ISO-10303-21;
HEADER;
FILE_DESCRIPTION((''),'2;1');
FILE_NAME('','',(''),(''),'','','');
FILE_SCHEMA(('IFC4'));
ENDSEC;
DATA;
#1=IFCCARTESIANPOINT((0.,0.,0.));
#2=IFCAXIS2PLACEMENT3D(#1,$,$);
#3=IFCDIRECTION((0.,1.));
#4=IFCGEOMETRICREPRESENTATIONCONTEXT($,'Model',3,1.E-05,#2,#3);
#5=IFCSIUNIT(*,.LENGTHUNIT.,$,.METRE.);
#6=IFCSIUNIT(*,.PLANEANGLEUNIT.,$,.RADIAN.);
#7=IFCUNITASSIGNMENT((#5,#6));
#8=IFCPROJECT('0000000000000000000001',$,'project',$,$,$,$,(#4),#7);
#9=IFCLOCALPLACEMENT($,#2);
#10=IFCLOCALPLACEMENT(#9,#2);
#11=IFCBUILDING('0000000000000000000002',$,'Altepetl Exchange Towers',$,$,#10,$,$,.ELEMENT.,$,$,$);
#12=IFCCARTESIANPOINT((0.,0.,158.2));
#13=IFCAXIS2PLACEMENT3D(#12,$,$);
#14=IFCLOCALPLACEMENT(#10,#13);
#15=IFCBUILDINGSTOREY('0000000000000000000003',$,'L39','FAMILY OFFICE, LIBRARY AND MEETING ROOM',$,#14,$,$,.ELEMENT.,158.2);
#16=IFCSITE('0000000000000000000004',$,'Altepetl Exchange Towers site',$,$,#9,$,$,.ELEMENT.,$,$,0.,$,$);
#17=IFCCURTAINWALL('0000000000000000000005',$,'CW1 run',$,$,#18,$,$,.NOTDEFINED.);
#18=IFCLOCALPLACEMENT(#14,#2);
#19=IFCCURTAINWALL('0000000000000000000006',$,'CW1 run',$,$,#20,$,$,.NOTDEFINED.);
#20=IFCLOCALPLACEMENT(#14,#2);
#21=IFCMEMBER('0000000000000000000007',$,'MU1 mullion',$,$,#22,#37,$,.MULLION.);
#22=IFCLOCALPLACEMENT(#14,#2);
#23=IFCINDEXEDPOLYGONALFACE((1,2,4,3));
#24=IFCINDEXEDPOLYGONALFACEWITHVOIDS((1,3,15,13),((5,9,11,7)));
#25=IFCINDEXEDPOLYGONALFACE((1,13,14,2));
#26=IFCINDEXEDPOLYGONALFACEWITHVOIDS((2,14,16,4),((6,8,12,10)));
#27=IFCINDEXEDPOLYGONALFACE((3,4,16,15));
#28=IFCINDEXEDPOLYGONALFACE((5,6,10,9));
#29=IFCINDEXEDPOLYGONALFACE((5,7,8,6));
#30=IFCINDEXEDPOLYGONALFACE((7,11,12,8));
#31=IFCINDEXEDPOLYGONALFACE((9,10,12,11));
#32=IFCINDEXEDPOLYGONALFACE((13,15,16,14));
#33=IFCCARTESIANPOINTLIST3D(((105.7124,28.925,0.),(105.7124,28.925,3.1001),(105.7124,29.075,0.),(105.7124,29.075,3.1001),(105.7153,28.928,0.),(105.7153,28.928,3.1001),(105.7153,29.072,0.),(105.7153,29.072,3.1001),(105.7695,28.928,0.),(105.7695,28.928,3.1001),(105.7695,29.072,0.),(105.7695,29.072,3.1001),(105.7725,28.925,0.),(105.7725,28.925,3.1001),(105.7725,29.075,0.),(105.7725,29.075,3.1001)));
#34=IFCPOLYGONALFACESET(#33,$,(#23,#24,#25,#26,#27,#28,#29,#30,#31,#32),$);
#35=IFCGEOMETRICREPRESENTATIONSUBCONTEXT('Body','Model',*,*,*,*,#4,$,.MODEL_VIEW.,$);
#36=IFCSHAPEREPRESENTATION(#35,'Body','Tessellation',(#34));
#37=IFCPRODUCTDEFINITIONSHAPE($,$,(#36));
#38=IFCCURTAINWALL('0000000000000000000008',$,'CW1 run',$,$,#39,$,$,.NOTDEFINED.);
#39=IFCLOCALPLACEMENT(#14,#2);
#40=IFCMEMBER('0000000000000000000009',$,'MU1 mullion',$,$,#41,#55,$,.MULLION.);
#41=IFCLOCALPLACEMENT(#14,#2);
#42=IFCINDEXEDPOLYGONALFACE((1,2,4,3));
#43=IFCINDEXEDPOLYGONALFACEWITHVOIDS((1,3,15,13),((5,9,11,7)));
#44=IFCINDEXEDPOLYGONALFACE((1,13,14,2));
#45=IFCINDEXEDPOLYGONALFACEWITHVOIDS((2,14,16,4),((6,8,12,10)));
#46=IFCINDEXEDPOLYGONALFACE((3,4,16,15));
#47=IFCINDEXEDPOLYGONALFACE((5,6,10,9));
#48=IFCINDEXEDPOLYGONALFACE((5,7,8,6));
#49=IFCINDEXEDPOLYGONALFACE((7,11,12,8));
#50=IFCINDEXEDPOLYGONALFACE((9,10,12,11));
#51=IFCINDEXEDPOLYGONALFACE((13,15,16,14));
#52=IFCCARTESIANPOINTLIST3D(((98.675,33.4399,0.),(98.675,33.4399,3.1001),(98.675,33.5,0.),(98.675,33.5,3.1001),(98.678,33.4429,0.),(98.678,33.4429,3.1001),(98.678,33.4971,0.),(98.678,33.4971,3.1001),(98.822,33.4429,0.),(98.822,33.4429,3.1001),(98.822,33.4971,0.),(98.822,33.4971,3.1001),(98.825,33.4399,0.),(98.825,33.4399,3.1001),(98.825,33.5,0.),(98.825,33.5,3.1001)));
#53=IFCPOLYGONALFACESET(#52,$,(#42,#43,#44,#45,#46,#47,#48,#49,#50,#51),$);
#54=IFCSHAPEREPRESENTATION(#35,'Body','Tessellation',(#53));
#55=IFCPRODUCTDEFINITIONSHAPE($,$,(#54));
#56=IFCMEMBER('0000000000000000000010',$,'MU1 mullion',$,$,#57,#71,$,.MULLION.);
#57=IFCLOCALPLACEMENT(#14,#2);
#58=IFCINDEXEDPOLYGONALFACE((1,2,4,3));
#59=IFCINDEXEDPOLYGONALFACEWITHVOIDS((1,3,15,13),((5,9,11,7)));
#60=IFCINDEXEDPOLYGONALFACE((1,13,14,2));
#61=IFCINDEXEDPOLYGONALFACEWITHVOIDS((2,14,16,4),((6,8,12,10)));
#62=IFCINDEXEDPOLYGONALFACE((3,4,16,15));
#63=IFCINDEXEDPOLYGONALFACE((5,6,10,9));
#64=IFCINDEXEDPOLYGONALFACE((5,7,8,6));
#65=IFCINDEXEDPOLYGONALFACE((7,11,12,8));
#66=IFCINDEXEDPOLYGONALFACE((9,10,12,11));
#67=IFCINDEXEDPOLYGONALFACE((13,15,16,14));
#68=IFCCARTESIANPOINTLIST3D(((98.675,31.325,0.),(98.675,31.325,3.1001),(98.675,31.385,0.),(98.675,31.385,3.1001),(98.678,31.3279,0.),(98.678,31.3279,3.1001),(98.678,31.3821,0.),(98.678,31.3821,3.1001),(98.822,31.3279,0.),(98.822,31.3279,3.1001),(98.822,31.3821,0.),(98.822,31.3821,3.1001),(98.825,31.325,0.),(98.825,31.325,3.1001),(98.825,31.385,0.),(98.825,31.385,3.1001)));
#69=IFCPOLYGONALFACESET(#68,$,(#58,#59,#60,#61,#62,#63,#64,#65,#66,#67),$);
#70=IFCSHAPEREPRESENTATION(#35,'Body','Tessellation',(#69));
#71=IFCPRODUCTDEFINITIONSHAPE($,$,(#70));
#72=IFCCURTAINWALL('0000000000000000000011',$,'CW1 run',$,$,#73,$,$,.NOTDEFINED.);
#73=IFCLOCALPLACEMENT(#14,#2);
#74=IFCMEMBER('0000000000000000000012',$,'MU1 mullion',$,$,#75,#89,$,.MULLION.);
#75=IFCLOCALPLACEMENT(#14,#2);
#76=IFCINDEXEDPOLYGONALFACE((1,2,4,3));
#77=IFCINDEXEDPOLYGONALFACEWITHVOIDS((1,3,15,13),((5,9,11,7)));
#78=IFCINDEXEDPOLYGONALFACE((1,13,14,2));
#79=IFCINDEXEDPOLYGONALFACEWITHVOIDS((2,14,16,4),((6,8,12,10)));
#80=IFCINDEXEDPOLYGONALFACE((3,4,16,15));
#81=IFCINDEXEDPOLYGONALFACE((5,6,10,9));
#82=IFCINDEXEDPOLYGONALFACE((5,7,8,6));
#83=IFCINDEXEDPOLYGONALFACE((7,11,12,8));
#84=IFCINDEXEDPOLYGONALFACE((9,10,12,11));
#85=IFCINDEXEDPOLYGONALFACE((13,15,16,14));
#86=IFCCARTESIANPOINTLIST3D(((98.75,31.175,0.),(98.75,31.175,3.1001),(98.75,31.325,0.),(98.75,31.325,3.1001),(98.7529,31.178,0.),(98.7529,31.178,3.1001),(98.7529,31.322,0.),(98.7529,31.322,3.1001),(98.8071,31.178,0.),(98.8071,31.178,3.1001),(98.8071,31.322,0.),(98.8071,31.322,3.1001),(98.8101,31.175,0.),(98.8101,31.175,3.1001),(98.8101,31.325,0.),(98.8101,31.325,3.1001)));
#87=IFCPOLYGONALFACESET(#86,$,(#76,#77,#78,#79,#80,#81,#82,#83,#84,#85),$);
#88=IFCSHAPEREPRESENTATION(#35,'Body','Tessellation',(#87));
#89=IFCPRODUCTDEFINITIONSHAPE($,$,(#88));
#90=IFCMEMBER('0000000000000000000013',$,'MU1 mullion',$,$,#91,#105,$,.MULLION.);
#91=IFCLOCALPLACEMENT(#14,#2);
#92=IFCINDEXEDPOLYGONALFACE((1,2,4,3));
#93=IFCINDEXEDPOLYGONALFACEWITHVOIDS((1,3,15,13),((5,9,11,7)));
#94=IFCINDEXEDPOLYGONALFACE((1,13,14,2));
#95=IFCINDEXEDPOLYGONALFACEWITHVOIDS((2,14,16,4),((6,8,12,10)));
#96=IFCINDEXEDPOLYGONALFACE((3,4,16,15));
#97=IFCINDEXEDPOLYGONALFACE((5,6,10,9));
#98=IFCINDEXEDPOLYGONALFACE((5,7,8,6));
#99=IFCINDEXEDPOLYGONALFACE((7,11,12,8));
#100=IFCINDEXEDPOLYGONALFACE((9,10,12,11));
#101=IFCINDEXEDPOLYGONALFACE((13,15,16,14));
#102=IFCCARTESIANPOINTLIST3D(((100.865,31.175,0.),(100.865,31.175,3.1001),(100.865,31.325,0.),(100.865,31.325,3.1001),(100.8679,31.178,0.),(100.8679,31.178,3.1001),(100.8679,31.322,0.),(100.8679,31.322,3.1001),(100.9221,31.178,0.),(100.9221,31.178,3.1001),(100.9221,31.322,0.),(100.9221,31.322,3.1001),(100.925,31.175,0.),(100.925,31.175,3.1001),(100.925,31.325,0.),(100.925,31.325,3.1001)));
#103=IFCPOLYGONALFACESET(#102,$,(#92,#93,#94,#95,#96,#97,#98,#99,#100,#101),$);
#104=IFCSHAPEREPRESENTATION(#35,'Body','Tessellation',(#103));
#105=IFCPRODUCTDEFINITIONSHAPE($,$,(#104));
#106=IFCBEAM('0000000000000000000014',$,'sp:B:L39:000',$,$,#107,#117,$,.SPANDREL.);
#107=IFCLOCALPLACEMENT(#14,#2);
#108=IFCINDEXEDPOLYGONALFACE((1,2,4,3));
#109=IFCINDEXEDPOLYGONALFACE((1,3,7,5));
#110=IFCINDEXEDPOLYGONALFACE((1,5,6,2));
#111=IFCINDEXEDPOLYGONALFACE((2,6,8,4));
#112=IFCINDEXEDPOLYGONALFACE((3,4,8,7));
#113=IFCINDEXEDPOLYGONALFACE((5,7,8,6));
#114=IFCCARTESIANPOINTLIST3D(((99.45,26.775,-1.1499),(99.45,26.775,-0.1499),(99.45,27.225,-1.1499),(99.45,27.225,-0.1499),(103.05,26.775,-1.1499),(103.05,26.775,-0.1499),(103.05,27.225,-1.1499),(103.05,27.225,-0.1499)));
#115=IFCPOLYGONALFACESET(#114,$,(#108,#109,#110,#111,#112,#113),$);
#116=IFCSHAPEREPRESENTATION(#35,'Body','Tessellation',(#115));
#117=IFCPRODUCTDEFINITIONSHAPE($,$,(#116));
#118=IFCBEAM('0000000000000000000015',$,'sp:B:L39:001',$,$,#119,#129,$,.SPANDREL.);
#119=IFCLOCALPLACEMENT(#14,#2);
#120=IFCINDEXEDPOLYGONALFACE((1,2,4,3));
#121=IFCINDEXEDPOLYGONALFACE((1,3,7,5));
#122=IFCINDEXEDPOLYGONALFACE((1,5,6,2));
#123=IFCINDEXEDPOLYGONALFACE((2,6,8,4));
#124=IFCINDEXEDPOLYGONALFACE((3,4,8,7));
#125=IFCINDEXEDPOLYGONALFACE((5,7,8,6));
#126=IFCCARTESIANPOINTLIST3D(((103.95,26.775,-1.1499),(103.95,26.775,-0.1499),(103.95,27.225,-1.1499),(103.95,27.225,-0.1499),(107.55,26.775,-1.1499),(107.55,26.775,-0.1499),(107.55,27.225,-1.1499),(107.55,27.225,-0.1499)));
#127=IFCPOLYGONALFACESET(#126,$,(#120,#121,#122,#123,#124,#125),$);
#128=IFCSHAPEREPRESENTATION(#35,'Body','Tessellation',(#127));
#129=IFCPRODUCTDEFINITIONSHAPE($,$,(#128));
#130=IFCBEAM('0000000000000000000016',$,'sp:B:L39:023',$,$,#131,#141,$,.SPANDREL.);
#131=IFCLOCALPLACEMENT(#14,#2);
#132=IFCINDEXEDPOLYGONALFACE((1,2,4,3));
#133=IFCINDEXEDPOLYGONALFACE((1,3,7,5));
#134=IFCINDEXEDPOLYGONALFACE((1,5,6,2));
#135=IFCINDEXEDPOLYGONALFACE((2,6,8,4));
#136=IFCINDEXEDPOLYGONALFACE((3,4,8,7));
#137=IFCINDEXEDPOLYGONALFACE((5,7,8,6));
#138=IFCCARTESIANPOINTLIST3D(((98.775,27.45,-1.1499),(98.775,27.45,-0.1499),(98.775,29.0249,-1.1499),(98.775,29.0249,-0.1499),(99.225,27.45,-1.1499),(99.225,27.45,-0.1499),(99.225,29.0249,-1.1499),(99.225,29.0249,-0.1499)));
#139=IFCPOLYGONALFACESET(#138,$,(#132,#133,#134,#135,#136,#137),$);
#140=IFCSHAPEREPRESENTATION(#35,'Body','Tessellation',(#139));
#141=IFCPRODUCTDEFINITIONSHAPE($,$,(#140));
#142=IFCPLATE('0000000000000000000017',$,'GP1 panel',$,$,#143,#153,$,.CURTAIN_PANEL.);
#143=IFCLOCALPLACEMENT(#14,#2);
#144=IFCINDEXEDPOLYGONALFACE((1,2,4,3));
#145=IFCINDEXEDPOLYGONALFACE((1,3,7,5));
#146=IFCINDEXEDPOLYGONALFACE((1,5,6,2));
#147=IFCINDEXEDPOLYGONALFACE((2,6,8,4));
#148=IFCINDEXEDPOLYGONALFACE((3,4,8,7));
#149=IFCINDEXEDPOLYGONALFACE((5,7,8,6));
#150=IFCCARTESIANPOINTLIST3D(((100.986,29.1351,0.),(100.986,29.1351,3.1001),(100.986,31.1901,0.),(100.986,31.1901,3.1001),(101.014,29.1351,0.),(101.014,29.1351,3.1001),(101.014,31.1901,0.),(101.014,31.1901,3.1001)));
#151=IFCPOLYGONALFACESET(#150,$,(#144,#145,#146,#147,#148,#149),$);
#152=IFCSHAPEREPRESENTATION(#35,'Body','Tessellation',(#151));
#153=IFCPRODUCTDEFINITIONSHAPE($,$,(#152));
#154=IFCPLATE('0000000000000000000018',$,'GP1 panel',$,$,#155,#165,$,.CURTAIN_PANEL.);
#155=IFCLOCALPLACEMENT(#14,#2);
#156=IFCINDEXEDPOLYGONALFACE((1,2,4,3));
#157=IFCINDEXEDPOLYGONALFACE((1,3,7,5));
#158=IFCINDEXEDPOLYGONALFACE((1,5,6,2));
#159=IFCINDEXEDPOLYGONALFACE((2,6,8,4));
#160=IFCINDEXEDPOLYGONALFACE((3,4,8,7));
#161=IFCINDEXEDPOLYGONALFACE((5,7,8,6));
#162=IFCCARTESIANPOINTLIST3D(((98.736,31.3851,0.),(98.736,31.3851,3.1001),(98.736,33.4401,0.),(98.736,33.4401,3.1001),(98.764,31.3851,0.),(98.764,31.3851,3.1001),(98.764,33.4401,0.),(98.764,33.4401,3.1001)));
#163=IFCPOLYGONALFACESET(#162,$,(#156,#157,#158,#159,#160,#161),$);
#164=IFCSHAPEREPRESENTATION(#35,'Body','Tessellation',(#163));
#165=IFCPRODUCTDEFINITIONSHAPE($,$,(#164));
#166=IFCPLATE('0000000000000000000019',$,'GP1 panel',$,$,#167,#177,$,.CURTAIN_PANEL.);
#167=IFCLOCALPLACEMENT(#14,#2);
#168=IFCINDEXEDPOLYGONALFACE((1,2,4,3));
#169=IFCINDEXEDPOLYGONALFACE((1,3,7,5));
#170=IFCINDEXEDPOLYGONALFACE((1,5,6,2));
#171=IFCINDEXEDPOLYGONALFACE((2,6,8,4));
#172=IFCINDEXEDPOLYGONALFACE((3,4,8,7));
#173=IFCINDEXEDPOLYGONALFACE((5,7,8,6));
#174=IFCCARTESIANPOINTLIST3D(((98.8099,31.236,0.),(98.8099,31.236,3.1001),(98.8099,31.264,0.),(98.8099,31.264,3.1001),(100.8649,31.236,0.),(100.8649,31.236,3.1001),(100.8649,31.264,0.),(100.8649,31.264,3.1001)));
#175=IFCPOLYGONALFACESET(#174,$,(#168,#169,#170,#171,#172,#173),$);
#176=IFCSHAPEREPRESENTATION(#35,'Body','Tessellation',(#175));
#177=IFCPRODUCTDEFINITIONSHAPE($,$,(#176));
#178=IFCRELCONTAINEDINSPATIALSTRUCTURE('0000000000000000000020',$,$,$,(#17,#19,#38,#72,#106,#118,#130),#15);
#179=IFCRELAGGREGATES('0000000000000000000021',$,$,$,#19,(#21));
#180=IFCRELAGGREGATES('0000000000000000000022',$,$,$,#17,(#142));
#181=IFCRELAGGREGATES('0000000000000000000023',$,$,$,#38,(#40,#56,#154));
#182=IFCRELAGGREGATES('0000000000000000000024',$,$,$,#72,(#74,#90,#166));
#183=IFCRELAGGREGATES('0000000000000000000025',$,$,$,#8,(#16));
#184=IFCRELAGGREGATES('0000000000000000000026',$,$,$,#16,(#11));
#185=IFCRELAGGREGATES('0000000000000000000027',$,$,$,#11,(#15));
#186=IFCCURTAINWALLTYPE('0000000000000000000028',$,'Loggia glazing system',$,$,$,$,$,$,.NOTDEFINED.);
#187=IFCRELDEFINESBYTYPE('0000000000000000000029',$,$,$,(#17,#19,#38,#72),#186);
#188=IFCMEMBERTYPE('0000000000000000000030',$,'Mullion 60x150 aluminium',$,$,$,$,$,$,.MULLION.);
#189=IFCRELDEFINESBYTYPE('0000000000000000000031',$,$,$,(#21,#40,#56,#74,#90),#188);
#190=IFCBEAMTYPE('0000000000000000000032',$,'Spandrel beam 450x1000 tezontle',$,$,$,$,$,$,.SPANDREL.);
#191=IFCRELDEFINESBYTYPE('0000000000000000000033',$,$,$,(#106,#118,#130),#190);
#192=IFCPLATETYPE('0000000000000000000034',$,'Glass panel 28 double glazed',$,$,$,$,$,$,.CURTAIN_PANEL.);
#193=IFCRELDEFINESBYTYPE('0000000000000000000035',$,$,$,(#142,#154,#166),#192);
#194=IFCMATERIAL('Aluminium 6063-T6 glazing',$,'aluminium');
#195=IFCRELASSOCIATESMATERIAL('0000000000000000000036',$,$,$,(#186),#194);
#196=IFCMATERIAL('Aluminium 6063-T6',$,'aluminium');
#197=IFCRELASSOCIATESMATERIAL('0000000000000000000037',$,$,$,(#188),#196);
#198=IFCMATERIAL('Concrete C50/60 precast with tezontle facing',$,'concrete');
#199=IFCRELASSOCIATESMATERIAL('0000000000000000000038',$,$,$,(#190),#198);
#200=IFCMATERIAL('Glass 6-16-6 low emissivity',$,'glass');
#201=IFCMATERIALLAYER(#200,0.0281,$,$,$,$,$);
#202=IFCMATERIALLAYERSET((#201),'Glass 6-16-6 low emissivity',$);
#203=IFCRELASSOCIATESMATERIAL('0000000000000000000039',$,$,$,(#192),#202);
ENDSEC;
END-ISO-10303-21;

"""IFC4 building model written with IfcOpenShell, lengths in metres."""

from ifc_helpers import new_model, si_unit, direction, frame, origin, origin_2d, place, context, subcontext, project, spatial, rectangle, hollow_rectangle, extrude, material, layer, layer_set, material_profile, profile_set, type_object, element, aggregate, save


model = new_model("IFC4")

# Units and contexts
model_context = context("Model", 3, precision=1e-05, world=origin(), true_north=direction((0.0, 1.0)))
body_context = subcontext(model_context, "Body", "Model", "MODEL_VIEW")
ifc_project = project(units=[si_unit("LENGTHUNIT", "METRE"), si_unit("PLANEANGLEUNIT", "RADIAN")], contexts=[model_context])

# Site, building, storey
site_placement = place(None, origin())
site = spatial("IfcSite", under=ifc_project, at=site_placement, Name="Altepetl Exchange Towers site", CompositionType="ELEMENT", RefElevation=0.0)
building_placement = place(site_placement, origin())
building = spatial("IfcBuilding", under=site, at=building_placement, Name="Altepetl Exchange Towers", CompositionType="ELEMENT")
storey_placement = place(building_placement, frame((0.0, 0.0, 158.2)))
storey = spatial("IfcBuildingStorey", under=building, at=storey_placement, Name="L39", Description="FAMILY OFFICE, LIBRARY AND MEETING ROOM", CompositionType="ELEMENT", Elevation=158.2)

# Curtain wall
ifc_material_1 = material(Name="Aluminium 6063-T6 glazing", Category="aluminium")
curtain_wall_type = type_object("IfcCurtainWallType", Name="Loggia glazing system", PredefinedType="NOTDEFINED", material=ifc_material_1)
curtain_wall_1_placement = place(storey_placement, origin())
curtain_wall_1 = element("IfcCurtainWall", 1, at=curtain_wall_1_placement, inside=storey, type_object=curtain_wall_type, Name="CW1 run", PredefinedType="NOTDEFINED")
ifc_material_2 = material(Name="Aluminium 6063-T6", Category="aluminium")
ifc_material_profile_1 = material_profile(ifc_material_2, hollow_rectangle(XDim=0.0601, YDim=0.1499, WallThickness=0.0029, at=origin_2d()), Name="Mullion 60x150 aluminium")
ifc_profile_set_1 = profile_set([ifc_material_profile_1], Name="Aluminium 6063-T6")
member_type = type_object("IfcMemberType", Name="Mullion 60x150 aluminium", PredefinedType="MULLION", material=ifc_profile_set_1)

# Curtain wall, member
curtain_wall_2_placement = place(storey_placement, origin())
curtain_wall_2 = element("IfcCurtainWall", 2, at=curtain_wall_2_placement, inside=storey, type_object=curtain_wall_type, Name="CW1 run", PredefinedType="NOTDEFINED")
member_1_placement = place(storey_placement, frame((105.7424, 29.0, 0.0)))
member_1 = element("IfcMember", 3, at=member_1_placement, type_object=member_type, Name="MU1 mullion", PredefinedType="MULLION", context=body_context, shape_type="SweptSolid", body=[
    extrude(hollow_rectangle(XDim=0.0601, YDim=0.1499, WallThickness=0.0029, at=origin_2d()), origin(), (0.0, 0.0, 1.0), 3.1001),
])
aggregate(curtain_wall_2, [member_1])

# Curtain walls, members
curtain_wall_3_placement = place(storey_placement, origin())
curtain_wall_3 = element("IfcCurtainWall", 4, at=curtain_wall_3_placement, inside=storey, type_object=curtain_wall_type, Name="CW1 run", PredefinedType="NOTDEFINED")
member_2_placement = place(storey_placement, frame((98.75, 33.47, 0.0), z_axis=(0.0, 0.0, 1.0), x_axis=(0.0, -1.0, 0.0)))
member_2 = element("IfcMember", 5, at=member_2_placement, type_object=member_type, Name="MU1 mullion", PredefinedType="MULLION", context=body_context, shape_type="SweptSolid", body=[
    extrude(hollow_rectangle(XDim=0.0601, YDim=0.1499, WallThickness=0.0029, at=origin_2d()), origin(), (0.0, 0.0, 1.0), 3.1001),
])
member_3_placement = place(storey_placement, frame((98.75, 31.355, 0.0), z_axis=(0.0, 0.0, 1.0), x_axis=(0.0, -1.0, 0.0)))
member_3 = element("IfcMember", 6, at=member_3_placement, type_object=member_type, Name="MU1 mullion", PredefinedType="MULLION", context=body_context, shape_type="SweptSolid", body=[
    extrude(hollow_rectangle(XDim=0.0601, YDim=0.1499, WallThickness=0.0029, at=origin_2d()), origin(), (0.0, 0.0, 1.0), 3.1001),
])
curtain_wall_4_placement = place(storey_placement, origin())
curtain_wall_4 = element("IfcCurtainWall", 7, at=curtain_wall_4_placement, inside=storey, type_object=curtain_wall_type, Name="CW1 run", PredefinedType="NOTDEFINED")
member_4_placement = place(storey_placement, frame((98.78, 31.25, 0.0)))
member_4 = element("IfcMember", 8, at=member_4_placement, type_object=member_type, Name="MU1 mullion", PredefinedType="MULLION", context=body_context, shape_type="SweptSolid", body=[
    extrude(hollow_rectangle(XDim=0.0601, YDim=0.1499, WallThickness=0.0029, at=origin_2d()), origin(), (0.0, 0.0, 1.0), 3.1001),
])
member_5_placement = place(storey_placement, frame((100.895, 31.25, 0.0)))
member_5 = element("IfcMember", 9, at=member_5_placement, type_object=member_type, Name="MU1 mullion", PredefinedType="MULLION", context=body_context, shape_type="SweptSolid", body=[
    extrude(hollow_rectangle(XDim=0.0601, YDim=0.1499, WallThickness=0.0029, at=origin_2d()), origin(), (0.0, 0.0, 1.0), 3.1001),
])

# Beams
ifc_material_3 = material(Name="Concrete C50/60 precast with tezontle facing", Category="concrete")
ifc_material_profile_2 = material_profile(ifc_material_3, rectangle(XDim=0.45, YDim=1.0, at=origin_2d()), Name="450 x 1000")
ifc_profile_set_2 = profile_set([ifc_material_profile_2], Name="Concrete C50/60 precast with tezontle facing")
beam_type_1 = type_object("IfcBeamType", Name="Spandrel beam 450x1000 tezontle", PredefinedType="SPANDREL", material=ifc_profile_set_2)
for number, where, z_axis, x_axis, name in (
    (10, (99.45, 27.0, -0.6499), (1.0, 0.0, 0.0), (0.0, 1.0, 0.0), "sp:B:L39:000"),
    (11, (103.95, 27.0, -0.6499), (1.0, 0.0, 0.0), (0.0, 1.0, 0.0), "sp:B:L39:001"),
):
    element("IfcBeam", number, at=place(storey_placement, frame(where, z_axis=z_axis, x_axis=x_axis)), inside=storey, type_object=beam_type_1, Name=name, PredefinedType="SPANDREL", context=body_context, shape_type="SweptSolid", body=[
        extrude(rectangle(XDim=0.45, YDim=1.0, at=origin_2d()), origin(), (0.0, 0.0, 1.0), 3.6001),
    ])
beam_1_placement = place(storey_placement, frame((99.0, 29.0249, -0.6499), z_axis=(0.0, -1.0, 0.0), x_axis=(1.0, 0.0, 0.0)))
element("IfcBeam", 12, at=beam_1_placement, inside=storey, type_object=beam_type_1, Name="sp:B:L39:023", PredefinedType="SPANDREL", context=body_context, shape_type="SweptSolid", body=[
    extrude(rectangle(XDim=0.45, YDim=1.0, at=origin_2d()), origin(), (0.0, 0.0, 1.0), 1.575),
])

# Plates
ifc_material_4 = material(Name="Glass 6-16-6 low emissivity", Category="glass")
ifc_layer_1 = layer(ifc_material_4, 0.0281)
ifc_layer_set_1 = layer_set([ifc_layer_1], Name="Glass 6-16-6 low emissivity")
plate_type = type_object("IfcPlateType", Name="Glass panel 28 double glazed", PredefinedType="CURTAIN_PANEL", material=ifc_layer_set_1)
plate_1_placement = place(storey_placement, frame((101.0, 30.1626, 0.0), z_axis=(0.0, 0.0, 1.0), x_axis=(0.0, -1.0, 0.0)))
plate_1 = element("IfcPlate", 13, at=plate_1_placement, type_object=plate_type, Name="GP1 panel", PredefinedType="CURTAIN_PANEL", context=body_context, shape_type="SweptSolid", body=[
    extrude(rectangle(XDim=2.0549, YDim=0.0281, at=origin_2d()), origin(), (0.0, 0.0, 1.0), 3.1001),
])
aggregate(curtain_wall_1, [plate_1])
plate_2_placement = place(storey_placement, frame((98.75, 32.4126, 0.0), z_axis=(0.0, 0.0, 1.0), x_axis=(0.0, -1.0, 0.0)))
plate_2 = element("IfcPlate", 14, at=plate_2_placement, type_object=plate_type, Name="GP1 panel", PredefinedType="CURTAIN_PANEL", context=body_context, shape_type="SweptSolid", body=[
    extrude(rectangle(XDim=2.0549, YDim=0.0281, at=origin_2d()), origin(), (0.0, 0.0, 1.0), 3.1001),
])
aggregate(curtain_wall_3, [member_2, member_3, plate_2])
plate_3_placement = place(storey_placement, frame((99.8374, 31.25, 0.0)))
plate_3 = element("IfcPlate", 15, at=plate_3_placement, type_object=plate_type, Name="GP1 panel", PredefinedType="CURTAIN_PANEL", context=body_context, shape_type="SweptSolid", body=[
    extrude(rectangle(XDim=2.0549, YDim=0.0281, at=origin_2d()), origin(), (0.0, 0.0, 1.0), 3.1001),
])
aggregate(curtain_wall_4, [member_4, member_5, plate_3])

save(model, "model.ifc")
